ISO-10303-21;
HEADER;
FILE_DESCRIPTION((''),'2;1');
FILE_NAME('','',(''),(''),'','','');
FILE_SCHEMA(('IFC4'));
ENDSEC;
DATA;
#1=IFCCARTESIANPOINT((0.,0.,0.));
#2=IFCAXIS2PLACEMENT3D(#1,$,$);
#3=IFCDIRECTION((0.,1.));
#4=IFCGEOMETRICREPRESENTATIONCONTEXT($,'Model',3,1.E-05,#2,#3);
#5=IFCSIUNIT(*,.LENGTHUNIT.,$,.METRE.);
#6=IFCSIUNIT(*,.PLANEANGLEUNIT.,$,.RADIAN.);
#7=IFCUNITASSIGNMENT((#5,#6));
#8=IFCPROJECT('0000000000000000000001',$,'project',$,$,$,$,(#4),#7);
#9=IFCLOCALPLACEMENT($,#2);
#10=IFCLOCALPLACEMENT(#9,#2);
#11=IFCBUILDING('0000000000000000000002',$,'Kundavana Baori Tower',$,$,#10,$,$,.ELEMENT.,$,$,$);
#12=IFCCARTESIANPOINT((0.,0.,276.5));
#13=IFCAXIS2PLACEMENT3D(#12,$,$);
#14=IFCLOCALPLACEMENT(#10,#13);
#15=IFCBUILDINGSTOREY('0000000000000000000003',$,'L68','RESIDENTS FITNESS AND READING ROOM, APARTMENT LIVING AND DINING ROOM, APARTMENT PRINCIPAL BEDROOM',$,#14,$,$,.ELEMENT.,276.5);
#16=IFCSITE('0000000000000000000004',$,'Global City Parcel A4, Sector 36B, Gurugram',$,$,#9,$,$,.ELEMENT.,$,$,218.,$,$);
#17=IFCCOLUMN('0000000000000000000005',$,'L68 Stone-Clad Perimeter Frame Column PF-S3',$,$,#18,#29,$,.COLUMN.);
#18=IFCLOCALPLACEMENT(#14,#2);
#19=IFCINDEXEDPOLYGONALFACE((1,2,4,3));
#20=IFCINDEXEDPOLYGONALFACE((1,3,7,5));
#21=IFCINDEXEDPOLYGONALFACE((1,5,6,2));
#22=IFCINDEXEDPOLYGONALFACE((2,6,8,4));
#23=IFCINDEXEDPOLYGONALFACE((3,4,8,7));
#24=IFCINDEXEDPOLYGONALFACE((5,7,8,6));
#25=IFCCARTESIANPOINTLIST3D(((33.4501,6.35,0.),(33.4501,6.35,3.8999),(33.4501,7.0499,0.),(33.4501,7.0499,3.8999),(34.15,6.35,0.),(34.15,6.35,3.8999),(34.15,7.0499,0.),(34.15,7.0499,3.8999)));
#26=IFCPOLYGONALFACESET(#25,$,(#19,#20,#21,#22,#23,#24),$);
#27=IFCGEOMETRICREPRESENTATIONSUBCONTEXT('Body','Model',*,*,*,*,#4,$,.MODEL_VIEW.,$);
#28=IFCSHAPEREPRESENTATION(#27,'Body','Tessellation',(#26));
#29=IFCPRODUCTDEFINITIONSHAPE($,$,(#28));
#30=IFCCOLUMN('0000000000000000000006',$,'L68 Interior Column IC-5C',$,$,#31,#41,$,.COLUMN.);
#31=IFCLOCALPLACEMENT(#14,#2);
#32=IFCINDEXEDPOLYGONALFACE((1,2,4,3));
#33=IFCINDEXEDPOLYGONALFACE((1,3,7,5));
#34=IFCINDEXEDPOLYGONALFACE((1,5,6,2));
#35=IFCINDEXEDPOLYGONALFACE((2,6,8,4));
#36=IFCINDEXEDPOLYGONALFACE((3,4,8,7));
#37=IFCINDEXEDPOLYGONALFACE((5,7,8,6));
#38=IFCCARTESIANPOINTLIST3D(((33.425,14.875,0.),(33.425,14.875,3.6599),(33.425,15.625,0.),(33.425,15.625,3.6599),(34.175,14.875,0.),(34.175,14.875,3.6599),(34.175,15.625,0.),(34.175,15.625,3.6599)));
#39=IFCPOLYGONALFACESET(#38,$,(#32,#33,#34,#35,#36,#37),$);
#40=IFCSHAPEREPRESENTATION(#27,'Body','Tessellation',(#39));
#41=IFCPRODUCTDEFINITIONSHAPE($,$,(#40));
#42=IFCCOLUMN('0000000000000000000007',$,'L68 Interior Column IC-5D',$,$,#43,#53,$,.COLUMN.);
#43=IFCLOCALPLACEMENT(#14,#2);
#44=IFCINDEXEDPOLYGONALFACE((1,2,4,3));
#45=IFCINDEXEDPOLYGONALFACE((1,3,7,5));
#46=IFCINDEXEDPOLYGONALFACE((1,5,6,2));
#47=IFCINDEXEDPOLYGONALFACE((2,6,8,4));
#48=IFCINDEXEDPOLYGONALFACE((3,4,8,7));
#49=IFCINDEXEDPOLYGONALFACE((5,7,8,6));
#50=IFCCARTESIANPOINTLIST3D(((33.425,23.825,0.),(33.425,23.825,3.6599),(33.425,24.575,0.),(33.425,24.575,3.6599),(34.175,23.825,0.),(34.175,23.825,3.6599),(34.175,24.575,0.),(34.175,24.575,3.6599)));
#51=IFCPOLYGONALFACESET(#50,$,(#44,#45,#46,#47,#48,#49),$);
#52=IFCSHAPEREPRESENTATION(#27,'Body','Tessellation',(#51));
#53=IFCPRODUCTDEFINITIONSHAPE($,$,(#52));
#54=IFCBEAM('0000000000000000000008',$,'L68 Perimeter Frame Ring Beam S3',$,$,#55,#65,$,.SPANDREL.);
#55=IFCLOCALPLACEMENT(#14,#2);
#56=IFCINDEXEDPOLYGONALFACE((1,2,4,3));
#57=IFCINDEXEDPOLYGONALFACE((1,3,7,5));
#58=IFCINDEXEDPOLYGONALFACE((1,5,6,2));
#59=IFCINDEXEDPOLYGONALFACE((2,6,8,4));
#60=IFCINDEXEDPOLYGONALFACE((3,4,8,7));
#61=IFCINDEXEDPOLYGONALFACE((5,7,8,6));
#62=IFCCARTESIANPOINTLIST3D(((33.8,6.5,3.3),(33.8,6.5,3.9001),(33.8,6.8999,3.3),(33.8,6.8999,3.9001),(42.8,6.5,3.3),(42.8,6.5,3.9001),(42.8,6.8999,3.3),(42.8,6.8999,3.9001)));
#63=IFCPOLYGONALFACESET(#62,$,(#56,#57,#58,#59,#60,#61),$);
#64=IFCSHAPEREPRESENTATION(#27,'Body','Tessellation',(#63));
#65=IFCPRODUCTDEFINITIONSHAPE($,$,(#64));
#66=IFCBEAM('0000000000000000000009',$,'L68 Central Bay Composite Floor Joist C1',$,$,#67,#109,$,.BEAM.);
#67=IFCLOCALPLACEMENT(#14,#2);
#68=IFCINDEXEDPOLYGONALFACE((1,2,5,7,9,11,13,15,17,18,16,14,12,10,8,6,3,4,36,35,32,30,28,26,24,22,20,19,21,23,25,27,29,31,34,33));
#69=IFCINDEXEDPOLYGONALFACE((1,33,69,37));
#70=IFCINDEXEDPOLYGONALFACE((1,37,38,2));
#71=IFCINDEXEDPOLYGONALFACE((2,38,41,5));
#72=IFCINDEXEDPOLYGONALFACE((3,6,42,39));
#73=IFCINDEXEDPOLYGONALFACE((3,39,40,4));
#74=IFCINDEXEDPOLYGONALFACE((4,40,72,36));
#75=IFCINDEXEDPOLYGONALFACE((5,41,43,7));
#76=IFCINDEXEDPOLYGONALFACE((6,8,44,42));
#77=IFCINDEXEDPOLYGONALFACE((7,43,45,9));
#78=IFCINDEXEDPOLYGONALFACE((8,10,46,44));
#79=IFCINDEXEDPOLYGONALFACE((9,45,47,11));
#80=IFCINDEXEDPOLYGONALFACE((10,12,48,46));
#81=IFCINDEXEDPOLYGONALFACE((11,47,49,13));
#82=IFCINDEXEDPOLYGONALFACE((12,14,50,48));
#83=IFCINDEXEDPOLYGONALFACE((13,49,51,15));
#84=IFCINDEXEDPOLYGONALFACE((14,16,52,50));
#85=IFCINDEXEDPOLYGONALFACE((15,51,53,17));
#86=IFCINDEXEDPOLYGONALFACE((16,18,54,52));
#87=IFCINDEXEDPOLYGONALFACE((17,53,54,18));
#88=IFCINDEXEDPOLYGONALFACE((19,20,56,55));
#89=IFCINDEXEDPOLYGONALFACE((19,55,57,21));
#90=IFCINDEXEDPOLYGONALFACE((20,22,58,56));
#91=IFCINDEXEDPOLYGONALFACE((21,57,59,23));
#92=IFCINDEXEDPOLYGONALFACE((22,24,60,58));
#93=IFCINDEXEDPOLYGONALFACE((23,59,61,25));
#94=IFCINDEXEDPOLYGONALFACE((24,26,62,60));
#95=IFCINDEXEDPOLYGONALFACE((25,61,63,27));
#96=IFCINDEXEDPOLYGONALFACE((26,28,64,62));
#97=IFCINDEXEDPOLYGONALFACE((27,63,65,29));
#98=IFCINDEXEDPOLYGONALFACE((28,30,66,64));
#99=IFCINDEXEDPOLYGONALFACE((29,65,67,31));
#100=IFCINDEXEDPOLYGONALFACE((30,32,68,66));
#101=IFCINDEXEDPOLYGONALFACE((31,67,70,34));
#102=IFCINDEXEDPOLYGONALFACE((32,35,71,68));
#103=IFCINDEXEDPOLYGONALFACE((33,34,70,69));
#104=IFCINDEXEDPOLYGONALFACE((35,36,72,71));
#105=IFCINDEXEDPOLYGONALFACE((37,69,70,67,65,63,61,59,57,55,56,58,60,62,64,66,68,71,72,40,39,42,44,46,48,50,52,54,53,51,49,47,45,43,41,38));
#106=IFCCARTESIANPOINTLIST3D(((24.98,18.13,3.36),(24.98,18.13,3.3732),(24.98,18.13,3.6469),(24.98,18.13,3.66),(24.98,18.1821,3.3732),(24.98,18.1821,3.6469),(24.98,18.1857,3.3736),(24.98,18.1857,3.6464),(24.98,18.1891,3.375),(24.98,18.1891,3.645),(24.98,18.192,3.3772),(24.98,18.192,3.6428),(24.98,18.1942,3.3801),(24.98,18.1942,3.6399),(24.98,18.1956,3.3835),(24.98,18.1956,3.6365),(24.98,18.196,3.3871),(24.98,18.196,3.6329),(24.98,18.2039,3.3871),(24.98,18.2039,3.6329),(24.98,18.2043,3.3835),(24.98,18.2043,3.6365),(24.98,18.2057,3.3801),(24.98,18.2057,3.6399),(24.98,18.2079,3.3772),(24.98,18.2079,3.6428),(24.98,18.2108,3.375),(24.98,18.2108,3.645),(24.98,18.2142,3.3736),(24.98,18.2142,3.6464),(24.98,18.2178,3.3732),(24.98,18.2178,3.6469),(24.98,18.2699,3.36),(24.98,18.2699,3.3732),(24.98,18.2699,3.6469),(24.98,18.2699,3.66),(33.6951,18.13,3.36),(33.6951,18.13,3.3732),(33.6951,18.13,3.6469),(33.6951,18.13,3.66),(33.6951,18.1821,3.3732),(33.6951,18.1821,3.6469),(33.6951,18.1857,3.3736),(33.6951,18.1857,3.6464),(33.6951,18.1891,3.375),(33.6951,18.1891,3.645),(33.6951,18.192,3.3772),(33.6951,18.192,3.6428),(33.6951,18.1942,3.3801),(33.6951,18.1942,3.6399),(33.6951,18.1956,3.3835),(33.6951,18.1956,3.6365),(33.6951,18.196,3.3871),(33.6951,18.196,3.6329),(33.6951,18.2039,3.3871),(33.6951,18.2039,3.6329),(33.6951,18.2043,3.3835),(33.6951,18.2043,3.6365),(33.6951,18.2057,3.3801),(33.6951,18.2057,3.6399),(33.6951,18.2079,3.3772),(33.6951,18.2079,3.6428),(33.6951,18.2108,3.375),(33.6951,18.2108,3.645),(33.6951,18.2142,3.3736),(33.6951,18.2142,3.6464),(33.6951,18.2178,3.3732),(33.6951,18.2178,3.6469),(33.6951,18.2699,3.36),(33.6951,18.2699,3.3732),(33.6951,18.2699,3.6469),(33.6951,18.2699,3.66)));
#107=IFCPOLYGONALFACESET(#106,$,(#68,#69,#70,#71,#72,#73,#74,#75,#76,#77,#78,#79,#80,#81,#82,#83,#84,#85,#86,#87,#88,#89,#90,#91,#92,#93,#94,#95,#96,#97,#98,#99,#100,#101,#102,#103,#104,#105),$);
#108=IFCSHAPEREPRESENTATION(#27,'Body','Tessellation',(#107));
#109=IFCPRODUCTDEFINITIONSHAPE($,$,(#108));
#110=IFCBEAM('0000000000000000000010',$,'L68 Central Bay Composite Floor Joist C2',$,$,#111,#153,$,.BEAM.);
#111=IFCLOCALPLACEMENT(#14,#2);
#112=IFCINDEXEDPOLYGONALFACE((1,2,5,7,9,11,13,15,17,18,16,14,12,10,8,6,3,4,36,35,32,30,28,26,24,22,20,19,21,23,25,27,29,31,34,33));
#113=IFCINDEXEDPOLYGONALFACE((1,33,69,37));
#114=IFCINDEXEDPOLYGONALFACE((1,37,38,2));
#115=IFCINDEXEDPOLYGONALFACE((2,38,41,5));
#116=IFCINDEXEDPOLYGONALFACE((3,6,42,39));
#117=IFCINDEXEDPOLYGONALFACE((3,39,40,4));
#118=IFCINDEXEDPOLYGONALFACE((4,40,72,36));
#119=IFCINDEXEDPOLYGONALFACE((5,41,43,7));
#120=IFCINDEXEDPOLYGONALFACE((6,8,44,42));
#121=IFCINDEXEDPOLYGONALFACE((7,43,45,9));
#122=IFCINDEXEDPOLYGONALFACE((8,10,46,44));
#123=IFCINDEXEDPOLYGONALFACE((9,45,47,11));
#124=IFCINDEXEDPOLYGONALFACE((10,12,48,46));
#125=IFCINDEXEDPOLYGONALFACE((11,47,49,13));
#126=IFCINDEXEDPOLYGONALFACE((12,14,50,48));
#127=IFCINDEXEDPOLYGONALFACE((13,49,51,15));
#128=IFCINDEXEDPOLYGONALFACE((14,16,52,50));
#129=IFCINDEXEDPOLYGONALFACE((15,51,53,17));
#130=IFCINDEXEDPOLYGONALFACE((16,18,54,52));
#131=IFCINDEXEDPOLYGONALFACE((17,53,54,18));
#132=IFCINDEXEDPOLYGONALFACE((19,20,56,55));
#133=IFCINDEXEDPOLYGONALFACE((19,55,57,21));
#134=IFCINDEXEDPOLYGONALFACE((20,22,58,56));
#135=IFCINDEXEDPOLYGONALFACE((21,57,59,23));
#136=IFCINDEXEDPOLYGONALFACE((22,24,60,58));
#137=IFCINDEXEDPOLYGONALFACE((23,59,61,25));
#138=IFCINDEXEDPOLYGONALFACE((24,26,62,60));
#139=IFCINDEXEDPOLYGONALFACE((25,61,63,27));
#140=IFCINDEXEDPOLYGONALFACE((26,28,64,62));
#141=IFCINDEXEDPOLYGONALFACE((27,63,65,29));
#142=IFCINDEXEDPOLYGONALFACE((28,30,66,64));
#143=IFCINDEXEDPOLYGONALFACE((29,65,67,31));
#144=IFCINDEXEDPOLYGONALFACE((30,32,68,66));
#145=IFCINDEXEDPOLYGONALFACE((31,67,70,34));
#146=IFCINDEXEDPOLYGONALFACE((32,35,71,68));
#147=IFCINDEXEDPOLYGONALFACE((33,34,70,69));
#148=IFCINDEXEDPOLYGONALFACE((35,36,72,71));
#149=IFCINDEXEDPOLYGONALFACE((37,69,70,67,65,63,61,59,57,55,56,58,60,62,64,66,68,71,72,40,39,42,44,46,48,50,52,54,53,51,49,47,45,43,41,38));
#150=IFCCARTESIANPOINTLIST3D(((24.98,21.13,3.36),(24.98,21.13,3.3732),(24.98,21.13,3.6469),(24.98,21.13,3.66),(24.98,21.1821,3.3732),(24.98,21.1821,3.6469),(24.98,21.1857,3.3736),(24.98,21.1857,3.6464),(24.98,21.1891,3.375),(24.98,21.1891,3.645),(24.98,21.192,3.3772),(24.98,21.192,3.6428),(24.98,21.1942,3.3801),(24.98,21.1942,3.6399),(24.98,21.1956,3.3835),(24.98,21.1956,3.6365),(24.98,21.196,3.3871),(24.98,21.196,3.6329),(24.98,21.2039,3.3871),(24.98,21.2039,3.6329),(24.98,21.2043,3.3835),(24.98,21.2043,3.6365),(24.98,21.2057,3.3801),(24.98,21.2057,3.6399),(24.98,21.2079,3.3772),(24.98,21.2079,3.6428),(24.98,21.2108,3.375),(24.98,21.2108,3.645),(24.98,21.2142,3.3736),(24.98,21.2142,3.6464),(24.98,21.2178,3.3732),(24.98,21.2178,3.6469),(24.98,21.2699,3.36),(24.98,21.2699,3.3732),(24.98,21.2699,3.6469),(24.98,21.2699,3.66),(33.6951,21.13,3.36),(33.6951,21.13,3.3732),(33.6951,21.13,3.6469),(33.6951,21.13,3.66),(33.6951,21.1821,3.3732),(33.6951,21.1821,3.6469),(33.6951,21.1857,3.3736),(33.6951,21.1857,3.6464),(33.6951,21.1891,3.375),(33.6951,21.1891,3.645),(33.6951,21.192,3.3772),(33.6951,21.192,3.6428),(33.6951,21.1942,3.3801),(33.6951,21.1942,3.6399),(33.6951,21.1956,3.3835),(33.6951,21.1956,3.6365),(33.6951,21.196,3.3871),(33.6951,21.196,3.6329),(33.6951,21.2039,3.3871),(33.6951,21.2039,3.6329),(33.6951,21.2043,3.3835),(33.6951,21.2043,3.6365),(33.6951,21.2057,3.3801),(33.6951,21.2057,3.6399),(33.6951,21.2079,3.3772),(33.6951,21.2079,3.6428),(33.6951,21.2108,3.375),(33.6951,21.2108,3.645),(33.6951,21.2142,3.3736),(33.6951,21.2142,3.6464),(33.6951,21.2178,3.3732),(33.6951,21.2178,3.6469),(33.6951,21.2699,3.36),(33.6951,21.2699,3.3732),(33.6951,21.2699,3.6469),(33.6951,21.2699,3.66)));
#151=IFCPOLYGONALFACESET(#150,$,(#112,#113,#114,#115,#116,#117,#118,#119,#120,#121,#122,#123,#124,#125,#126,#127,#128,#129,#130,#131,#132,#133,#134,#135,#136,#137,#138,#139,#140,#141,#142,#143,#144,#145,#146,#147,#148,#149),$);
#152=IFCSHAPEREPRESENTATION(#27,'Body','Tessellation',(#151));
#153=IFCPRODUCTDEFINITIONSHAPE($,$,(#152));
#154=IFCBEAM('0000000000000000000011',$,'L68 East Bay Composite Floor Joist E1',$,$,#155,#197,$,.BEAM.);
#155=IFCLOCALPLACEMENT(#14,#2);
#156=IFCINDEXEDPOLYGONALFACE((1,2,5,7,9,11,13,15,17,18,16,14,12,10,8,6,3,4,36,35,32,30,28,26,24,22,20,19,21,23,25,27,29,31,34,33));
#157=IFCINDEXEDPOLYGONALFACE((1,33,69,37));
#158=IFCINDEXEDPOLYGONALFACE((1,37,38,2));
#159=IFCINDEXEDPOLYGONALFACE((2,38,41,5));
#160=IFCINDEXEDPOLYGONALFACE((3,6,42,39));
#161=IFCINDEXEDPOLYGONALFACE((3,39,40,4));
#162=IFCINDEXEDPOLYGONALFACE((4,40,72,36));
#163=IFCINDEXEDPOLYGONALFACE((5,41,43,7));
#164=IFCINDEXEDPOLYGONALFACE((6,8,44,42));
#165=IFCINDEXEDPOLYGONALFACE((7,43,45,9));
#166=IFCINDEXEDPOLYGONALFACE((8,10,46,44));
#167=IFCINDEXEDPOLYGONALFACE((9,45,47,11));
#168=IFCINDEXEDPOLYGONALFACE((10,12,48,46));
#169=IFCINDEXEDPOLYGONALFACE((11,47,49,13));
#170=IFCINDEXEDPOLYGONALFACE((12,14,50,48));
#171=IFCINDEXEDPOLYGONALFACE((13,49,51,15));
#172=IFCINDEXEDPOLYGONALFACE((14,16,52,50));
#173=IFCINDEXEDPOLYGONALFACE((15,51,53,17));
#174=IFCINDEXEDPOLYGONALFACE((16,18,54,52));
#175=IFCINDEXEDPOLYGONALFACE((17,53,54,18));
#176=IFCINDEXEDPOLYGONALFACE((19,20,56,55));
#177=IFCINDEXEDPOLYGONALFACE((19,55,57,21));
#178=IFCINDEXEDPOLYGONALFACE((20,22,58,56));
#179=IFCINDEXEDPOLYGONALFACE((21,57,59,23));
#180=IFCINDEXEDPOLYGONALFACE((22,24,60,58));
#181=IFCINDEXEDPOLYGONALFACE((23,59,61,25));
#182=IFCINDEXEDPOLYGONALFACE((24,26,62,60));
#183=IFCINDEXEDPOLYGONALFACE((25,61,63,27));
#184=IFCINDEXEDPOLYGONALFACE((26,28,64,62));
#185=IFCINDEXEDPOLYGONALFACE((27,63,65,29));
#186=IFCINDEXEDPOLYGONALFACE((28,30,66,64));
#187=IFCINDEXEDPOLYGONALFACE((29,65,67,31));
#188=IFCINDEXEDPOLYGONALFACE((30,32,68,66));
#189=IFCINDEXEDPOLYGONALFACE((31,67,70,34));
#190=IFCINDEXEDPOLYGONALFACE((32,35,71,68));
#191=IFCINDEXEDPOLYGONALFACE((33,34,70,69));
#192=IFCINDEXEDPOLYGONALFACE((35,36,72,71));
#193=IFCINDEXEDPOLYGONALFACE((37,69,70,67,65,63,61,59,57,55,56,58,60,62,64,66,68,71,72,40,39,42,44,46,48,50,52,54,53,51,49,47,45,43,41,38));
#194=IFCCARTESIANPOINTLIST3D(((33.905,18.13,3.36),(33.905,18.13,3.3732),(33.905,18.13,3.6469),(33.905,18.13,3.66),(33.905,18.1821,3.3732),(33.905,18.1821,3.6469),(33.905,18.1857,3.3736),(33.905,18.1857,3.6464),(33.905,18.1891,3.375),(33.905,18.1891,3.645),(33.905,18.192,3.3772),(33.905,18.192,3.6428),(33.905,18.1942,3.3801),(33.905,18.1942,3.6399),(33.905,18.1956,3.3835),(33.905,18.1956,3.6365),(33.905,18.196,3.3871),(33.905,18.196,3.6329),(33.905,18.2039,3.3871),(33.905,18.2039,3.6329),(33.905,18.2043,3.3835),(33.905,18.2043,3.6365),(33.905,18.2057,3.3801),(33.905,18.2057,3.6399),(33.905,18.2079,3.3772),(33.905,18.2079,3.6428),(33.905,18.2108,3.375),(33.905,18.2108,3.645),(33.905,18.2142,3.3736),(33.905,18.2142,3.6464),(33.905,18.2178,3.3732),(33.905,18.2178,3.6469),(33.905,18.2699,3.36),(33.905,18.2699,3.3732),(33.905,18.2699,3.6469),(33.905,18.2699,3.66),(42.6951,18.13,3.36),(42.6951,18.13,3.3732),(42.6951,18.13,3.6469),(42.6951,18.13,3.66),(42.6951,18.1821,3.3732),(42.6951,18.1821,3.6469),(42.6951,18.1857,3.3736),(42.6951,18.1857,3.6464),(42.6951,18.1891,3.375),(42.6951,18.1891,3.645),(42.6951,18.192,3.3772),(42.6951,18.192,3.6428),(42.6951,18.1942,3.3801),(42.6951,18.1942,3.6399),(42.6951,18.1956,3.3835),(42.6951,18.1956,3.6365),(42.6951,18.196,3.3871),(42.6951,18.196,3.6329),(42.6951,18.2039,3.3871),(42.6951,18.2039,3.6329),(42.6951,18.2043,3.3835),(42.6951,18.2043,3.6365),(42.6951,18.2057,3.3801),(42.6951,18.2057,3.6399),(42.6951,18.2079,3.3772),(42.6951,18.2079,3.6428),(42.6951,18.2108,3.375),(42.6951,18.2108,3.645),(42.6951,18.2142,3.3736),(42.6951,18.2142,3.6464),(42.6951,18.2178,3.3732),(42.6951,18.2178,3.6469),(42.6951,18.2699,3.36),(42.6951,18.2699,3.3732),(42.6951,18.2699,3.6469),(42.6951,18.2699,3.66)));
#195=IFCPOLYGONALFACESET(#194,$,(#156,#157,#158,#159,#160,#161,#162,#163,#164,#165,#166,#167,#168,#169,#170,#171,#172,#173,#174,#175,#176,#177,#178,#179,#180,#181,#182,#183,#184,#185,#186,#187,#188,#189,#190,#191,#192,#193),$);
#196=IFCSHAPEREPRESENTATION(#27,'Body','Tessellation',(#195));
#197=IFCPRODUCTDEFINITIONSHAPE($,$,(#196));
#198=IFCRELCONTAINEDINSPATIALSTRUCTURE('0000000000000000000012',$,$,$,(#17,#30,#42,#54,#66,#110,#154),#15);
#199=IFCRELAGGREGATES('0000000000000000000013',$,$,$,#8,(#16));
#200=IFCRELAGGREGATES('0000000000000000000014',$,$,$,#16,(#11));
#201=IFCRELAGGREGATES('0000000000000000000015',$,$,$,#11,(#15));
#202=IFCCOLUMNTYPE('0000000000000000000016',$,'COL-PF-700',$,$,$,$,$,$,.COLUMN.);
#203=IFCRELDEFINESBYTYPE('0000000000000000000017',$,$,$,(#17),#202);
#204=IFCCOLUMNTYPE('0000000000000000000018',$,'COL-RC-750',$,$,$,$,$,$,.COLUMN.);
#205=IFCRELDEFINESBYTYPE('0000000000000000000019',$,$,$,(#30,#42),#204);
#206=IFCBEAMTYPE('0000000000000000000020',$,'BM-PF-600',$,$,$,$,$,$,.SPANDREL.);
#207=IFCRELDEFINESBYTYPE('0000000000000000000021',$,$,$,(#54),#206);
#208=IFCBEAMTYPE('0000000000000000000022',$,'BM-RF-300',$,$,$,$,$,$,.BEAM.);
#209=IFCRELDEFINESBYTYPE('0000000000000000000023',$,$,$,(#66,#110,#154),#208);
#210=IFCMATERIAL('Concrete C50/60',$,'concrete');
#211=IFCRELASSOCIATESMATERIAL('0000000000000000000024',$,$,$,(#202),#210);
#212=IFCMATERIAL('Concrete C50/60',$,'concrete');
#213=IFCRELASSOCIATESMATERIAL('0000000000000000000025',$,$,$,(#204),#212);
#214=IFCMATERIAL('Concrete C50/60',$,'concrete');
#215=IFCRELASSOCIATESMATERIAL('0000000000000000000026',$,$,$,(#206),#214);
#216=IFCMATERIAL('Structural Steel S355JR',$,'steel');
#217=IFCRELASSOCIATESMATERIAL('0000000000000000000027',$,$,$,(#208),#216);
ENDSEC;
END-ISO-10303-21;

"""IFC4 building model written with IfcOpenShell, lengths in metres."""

from ifc_helpers import new_model, si_unit, direction, frame, origin, origin_2d, place, context, subcontext, project, spatial, rectangle, i_section, extrude, material, material_profile, profile_set, type_object, element, save


model = new_model("IFC4")

# Units and contexts
model_context = context("Model", 3, precision=1e-05, world=origin(), true_north=direction((0.0, 1.0)))
body_context = subcontext(model_context, "Body", "Model", "MODEL_VIEW")
ifc_project = project(units=[si_unit("LENGTHUNIT", "METRE"), si_unit("PLANEANGLEUNIT", "RADIAN")], contexts=[model_context])

# Site, building, storey
site_placement = place(None, origin())
site = spatial("IfcSite", under=ifc_project, at=site_placement, Name="Global City Parcel A4, Sector 36B, Gurugram", CompositionType="ELEMENT", RefElevation=218.0)
building_placement = place(site_placement, origin())
building = spatial("IfcBuilding", under=site, at=building_placement, Name="Kundavana Baori Tower", CompositionType="ELEMENT")
storey_placement = place(building_placement, frame((0.0, 0.0, 276.5)))
storey = spatial("IfcBuildingStorey", under=building, at=storey_placement, Name="L68", Description="RESIDENTS FITNESS AND READING ROOM, APARTMENT LIVING AND DINING ROOM, APARTMENT PRINCIPAL BEDROOM", CompositionType="ELEMENT", Elevation=276.5)

# Columns
ifc_material_1 = material(Name="Concrete C50/60", Category="concrete")
ifc_material_profile_1 = material_profile(ifc_material_1, rectangle(XDim=0.7, YDim=0.7, at=origin_2d()), Name="RC PF 700x700")
ifc_profile_set_1 = profile_set([ifc_material_profile_1], Name="Concrete C50/60")
column_type_1 = type_object("IfcColumnType", Name="COL-PF-700", PredefinedType="COLUMN", material=ifc_profile_set_1)
column_placement = place(storey_placement, frame((33.8, 6.7, 0.0), z_axis=(0.0, 0.0, 1.0), x_axis=(1.0, 0.0, 0.0)))
element("IfcColumn", 1, at=column_placement, inside=storey, type_object=column_type_1, Name="L68 Stone-Clad Perimeter Frame Column PF-S3", PredefinedType="COLUMN", context=body_context, shape_type="SweptSolid", body=[
    extrude(rectangle(XDim=0.7, YDim=0.7, at=origin_2d()), origin(), (0.0, 0.0, 1.0), 3.8999),
])
ifc_material_2 = material(Name="Concrete C50/60", Category="concrete")
ifc_material_profile_2 = material_profile(ifc_material_2, rectangle(XDim=0.75, YDim=0.75, at=origin_2d()), Name="RC 750x750")
ifc_profile_set_2 = profile_set([ifc_material_profile_2], Name="Concrete C50/60")
column_type_2 = type_object("IfcColumnType", Name="COL-RC-750", PredefinedType="COLUMN", material=ifc_profile_set_2)
for number, where, z_axis, x_axis, name in (
    (2, (33.8, 15.25, 0.0), (0.0, 0.0, 1.0), (1.0, 0.0, 0.0), "L68 Interior Column IC-5C"),
    (3, (33.8, 24.2, 0.0), (0.0, 0.0, 1.0), (1.0, 0.0, 0.0), "L68 Interior Column IC-5D"),
):
    element("IfcColumn", number, at=place(storey_placement, frame(where, z_axis=z_axis, x_axis=x_axis)), inside=storey, type_object=column_type_2, Name=name, PredefinedType="COLUMN", context=body_context, shape_type="SweptSolid", body=[
        extrude(rectangle(XDim=0.75, YDim=0.75, at=origin_2d()), origin(), (0.0, 0.0, 1.0), 3.6599),
    ])

# Beams
ifc_material_3 = material(Name="Concrete C50/60", Category="concrete")
ifc_material_profile_3 = material_profile(ifc_material_3, rectangle(XDim=0.3999, YDim=0.6001, at=origin_2d()), Name="RC BM 400x600")
ifc_profile_set_3 = profile_set([ifc_material_profile_3], Name="Concrete C50/60")
beam_type_1 = type_object("IfcBeamType", Name="BM-PF-600", PredefinedType="SPANDREL", material=ifc_profile_set_3)
beam_1_placement = place(storey_placement, frame((33.8, 6.7, 3.6001), z_axis=(1.0, 0.0, 0.0), x_axis=(0.0, 1.0, 0.0)))
element("IfcBeam", 4, at=beam_1_placement, inside=storey, type_object=beam_type_1, Name="L68 Perimeter Frame Ring Beam S3", PredefinedType="SPANDREL", context=body_context, shape_type="SweptSolid", body=[
    extrude(rectangle(XDim=0.3999, YDim=0.6001, at=origin_2d()), origin(), (0.0, 0.0, 1.0), 9.0),
])
ifc_material_4 = material(Name="Structural Steel S355JR", Category="steel")
ifc_material_profile_4 = material_profile(ifc_material_4, i_section(OverallWidth=0.1399, OverallDepth=0.3, WebThickness=0.0078, FlangeThickness=0.0132, FilletRadius=0.0139, at=origin_2d()), Name="ISMB 300")
ifc_profile_set_4 = profile_set([ifc_material_profile_4], Name="Structural Steel S355JR")
beam_type_2 = type_object("IfcBeamType", Name="BM-RF-300", PredefinedType="BEAM", material=ifc_profile_set_4)
for number, where, z_axis, x_axis, name in (
    (5, (24.98, 18.2, 3.51), (1.0, 0.0, 0.0), (0.0, 1.0, 0.0), "L68 Central Bay Composite Floor Joist C1"),
    (6, (24.98, 21.2, 3.51), (1.0, 0.0, 0.0), (0.0, 1.0, 0.0), "L68 Central Bay Composite Floor Joist C2"),
):
    element("IfcBeam", number, at=place(storey_placement, frame(where, z_axis=z_axis, x_axis=x_axis)), inside=storey, type_object=beam_type_2, Name=name, PredefinedType="BEAM", context=body_context, shape_type="SweptSolid", body=[
        extrude(i_section(OverallWidth=0.1399, OverallDepth=0.3, WebThickness=0.0078, FlangeThickness=0.0132, FilletRadius=0.0139, at=origin_2d()), origin(), (0.0, 0.0, 1.0), 8.7151),
    ])
for number, where, z_axis, x_axis, name in (
    (7, (33.905, 18.2, 3.51), (1.0, 0.0, 0.0), (0.0, 1.0, 0.0), "L68 East Bay Composite Floor Joist E1"),
):
    element("IfcBeam", number, at=place(storey_placement, frame(where, z_axis=z_axis, x_axis=x_axis)), inside=storey, type_object=beam_type_2, Name=name, PredefinedType="BEAM", context=body_context, shape_type="SweptSolid", body=[
        extrude(i_section(OverallWidth=0.1399, OverallDepth=0.3, WebThickness=0.0078, FlangeThickness=0.0132, FilletRadius=0.0139, at=origin_2d()), origin(), (0.0, 0.0, 1.0), 8.79),
    ])

save(model, "model.ifc")
